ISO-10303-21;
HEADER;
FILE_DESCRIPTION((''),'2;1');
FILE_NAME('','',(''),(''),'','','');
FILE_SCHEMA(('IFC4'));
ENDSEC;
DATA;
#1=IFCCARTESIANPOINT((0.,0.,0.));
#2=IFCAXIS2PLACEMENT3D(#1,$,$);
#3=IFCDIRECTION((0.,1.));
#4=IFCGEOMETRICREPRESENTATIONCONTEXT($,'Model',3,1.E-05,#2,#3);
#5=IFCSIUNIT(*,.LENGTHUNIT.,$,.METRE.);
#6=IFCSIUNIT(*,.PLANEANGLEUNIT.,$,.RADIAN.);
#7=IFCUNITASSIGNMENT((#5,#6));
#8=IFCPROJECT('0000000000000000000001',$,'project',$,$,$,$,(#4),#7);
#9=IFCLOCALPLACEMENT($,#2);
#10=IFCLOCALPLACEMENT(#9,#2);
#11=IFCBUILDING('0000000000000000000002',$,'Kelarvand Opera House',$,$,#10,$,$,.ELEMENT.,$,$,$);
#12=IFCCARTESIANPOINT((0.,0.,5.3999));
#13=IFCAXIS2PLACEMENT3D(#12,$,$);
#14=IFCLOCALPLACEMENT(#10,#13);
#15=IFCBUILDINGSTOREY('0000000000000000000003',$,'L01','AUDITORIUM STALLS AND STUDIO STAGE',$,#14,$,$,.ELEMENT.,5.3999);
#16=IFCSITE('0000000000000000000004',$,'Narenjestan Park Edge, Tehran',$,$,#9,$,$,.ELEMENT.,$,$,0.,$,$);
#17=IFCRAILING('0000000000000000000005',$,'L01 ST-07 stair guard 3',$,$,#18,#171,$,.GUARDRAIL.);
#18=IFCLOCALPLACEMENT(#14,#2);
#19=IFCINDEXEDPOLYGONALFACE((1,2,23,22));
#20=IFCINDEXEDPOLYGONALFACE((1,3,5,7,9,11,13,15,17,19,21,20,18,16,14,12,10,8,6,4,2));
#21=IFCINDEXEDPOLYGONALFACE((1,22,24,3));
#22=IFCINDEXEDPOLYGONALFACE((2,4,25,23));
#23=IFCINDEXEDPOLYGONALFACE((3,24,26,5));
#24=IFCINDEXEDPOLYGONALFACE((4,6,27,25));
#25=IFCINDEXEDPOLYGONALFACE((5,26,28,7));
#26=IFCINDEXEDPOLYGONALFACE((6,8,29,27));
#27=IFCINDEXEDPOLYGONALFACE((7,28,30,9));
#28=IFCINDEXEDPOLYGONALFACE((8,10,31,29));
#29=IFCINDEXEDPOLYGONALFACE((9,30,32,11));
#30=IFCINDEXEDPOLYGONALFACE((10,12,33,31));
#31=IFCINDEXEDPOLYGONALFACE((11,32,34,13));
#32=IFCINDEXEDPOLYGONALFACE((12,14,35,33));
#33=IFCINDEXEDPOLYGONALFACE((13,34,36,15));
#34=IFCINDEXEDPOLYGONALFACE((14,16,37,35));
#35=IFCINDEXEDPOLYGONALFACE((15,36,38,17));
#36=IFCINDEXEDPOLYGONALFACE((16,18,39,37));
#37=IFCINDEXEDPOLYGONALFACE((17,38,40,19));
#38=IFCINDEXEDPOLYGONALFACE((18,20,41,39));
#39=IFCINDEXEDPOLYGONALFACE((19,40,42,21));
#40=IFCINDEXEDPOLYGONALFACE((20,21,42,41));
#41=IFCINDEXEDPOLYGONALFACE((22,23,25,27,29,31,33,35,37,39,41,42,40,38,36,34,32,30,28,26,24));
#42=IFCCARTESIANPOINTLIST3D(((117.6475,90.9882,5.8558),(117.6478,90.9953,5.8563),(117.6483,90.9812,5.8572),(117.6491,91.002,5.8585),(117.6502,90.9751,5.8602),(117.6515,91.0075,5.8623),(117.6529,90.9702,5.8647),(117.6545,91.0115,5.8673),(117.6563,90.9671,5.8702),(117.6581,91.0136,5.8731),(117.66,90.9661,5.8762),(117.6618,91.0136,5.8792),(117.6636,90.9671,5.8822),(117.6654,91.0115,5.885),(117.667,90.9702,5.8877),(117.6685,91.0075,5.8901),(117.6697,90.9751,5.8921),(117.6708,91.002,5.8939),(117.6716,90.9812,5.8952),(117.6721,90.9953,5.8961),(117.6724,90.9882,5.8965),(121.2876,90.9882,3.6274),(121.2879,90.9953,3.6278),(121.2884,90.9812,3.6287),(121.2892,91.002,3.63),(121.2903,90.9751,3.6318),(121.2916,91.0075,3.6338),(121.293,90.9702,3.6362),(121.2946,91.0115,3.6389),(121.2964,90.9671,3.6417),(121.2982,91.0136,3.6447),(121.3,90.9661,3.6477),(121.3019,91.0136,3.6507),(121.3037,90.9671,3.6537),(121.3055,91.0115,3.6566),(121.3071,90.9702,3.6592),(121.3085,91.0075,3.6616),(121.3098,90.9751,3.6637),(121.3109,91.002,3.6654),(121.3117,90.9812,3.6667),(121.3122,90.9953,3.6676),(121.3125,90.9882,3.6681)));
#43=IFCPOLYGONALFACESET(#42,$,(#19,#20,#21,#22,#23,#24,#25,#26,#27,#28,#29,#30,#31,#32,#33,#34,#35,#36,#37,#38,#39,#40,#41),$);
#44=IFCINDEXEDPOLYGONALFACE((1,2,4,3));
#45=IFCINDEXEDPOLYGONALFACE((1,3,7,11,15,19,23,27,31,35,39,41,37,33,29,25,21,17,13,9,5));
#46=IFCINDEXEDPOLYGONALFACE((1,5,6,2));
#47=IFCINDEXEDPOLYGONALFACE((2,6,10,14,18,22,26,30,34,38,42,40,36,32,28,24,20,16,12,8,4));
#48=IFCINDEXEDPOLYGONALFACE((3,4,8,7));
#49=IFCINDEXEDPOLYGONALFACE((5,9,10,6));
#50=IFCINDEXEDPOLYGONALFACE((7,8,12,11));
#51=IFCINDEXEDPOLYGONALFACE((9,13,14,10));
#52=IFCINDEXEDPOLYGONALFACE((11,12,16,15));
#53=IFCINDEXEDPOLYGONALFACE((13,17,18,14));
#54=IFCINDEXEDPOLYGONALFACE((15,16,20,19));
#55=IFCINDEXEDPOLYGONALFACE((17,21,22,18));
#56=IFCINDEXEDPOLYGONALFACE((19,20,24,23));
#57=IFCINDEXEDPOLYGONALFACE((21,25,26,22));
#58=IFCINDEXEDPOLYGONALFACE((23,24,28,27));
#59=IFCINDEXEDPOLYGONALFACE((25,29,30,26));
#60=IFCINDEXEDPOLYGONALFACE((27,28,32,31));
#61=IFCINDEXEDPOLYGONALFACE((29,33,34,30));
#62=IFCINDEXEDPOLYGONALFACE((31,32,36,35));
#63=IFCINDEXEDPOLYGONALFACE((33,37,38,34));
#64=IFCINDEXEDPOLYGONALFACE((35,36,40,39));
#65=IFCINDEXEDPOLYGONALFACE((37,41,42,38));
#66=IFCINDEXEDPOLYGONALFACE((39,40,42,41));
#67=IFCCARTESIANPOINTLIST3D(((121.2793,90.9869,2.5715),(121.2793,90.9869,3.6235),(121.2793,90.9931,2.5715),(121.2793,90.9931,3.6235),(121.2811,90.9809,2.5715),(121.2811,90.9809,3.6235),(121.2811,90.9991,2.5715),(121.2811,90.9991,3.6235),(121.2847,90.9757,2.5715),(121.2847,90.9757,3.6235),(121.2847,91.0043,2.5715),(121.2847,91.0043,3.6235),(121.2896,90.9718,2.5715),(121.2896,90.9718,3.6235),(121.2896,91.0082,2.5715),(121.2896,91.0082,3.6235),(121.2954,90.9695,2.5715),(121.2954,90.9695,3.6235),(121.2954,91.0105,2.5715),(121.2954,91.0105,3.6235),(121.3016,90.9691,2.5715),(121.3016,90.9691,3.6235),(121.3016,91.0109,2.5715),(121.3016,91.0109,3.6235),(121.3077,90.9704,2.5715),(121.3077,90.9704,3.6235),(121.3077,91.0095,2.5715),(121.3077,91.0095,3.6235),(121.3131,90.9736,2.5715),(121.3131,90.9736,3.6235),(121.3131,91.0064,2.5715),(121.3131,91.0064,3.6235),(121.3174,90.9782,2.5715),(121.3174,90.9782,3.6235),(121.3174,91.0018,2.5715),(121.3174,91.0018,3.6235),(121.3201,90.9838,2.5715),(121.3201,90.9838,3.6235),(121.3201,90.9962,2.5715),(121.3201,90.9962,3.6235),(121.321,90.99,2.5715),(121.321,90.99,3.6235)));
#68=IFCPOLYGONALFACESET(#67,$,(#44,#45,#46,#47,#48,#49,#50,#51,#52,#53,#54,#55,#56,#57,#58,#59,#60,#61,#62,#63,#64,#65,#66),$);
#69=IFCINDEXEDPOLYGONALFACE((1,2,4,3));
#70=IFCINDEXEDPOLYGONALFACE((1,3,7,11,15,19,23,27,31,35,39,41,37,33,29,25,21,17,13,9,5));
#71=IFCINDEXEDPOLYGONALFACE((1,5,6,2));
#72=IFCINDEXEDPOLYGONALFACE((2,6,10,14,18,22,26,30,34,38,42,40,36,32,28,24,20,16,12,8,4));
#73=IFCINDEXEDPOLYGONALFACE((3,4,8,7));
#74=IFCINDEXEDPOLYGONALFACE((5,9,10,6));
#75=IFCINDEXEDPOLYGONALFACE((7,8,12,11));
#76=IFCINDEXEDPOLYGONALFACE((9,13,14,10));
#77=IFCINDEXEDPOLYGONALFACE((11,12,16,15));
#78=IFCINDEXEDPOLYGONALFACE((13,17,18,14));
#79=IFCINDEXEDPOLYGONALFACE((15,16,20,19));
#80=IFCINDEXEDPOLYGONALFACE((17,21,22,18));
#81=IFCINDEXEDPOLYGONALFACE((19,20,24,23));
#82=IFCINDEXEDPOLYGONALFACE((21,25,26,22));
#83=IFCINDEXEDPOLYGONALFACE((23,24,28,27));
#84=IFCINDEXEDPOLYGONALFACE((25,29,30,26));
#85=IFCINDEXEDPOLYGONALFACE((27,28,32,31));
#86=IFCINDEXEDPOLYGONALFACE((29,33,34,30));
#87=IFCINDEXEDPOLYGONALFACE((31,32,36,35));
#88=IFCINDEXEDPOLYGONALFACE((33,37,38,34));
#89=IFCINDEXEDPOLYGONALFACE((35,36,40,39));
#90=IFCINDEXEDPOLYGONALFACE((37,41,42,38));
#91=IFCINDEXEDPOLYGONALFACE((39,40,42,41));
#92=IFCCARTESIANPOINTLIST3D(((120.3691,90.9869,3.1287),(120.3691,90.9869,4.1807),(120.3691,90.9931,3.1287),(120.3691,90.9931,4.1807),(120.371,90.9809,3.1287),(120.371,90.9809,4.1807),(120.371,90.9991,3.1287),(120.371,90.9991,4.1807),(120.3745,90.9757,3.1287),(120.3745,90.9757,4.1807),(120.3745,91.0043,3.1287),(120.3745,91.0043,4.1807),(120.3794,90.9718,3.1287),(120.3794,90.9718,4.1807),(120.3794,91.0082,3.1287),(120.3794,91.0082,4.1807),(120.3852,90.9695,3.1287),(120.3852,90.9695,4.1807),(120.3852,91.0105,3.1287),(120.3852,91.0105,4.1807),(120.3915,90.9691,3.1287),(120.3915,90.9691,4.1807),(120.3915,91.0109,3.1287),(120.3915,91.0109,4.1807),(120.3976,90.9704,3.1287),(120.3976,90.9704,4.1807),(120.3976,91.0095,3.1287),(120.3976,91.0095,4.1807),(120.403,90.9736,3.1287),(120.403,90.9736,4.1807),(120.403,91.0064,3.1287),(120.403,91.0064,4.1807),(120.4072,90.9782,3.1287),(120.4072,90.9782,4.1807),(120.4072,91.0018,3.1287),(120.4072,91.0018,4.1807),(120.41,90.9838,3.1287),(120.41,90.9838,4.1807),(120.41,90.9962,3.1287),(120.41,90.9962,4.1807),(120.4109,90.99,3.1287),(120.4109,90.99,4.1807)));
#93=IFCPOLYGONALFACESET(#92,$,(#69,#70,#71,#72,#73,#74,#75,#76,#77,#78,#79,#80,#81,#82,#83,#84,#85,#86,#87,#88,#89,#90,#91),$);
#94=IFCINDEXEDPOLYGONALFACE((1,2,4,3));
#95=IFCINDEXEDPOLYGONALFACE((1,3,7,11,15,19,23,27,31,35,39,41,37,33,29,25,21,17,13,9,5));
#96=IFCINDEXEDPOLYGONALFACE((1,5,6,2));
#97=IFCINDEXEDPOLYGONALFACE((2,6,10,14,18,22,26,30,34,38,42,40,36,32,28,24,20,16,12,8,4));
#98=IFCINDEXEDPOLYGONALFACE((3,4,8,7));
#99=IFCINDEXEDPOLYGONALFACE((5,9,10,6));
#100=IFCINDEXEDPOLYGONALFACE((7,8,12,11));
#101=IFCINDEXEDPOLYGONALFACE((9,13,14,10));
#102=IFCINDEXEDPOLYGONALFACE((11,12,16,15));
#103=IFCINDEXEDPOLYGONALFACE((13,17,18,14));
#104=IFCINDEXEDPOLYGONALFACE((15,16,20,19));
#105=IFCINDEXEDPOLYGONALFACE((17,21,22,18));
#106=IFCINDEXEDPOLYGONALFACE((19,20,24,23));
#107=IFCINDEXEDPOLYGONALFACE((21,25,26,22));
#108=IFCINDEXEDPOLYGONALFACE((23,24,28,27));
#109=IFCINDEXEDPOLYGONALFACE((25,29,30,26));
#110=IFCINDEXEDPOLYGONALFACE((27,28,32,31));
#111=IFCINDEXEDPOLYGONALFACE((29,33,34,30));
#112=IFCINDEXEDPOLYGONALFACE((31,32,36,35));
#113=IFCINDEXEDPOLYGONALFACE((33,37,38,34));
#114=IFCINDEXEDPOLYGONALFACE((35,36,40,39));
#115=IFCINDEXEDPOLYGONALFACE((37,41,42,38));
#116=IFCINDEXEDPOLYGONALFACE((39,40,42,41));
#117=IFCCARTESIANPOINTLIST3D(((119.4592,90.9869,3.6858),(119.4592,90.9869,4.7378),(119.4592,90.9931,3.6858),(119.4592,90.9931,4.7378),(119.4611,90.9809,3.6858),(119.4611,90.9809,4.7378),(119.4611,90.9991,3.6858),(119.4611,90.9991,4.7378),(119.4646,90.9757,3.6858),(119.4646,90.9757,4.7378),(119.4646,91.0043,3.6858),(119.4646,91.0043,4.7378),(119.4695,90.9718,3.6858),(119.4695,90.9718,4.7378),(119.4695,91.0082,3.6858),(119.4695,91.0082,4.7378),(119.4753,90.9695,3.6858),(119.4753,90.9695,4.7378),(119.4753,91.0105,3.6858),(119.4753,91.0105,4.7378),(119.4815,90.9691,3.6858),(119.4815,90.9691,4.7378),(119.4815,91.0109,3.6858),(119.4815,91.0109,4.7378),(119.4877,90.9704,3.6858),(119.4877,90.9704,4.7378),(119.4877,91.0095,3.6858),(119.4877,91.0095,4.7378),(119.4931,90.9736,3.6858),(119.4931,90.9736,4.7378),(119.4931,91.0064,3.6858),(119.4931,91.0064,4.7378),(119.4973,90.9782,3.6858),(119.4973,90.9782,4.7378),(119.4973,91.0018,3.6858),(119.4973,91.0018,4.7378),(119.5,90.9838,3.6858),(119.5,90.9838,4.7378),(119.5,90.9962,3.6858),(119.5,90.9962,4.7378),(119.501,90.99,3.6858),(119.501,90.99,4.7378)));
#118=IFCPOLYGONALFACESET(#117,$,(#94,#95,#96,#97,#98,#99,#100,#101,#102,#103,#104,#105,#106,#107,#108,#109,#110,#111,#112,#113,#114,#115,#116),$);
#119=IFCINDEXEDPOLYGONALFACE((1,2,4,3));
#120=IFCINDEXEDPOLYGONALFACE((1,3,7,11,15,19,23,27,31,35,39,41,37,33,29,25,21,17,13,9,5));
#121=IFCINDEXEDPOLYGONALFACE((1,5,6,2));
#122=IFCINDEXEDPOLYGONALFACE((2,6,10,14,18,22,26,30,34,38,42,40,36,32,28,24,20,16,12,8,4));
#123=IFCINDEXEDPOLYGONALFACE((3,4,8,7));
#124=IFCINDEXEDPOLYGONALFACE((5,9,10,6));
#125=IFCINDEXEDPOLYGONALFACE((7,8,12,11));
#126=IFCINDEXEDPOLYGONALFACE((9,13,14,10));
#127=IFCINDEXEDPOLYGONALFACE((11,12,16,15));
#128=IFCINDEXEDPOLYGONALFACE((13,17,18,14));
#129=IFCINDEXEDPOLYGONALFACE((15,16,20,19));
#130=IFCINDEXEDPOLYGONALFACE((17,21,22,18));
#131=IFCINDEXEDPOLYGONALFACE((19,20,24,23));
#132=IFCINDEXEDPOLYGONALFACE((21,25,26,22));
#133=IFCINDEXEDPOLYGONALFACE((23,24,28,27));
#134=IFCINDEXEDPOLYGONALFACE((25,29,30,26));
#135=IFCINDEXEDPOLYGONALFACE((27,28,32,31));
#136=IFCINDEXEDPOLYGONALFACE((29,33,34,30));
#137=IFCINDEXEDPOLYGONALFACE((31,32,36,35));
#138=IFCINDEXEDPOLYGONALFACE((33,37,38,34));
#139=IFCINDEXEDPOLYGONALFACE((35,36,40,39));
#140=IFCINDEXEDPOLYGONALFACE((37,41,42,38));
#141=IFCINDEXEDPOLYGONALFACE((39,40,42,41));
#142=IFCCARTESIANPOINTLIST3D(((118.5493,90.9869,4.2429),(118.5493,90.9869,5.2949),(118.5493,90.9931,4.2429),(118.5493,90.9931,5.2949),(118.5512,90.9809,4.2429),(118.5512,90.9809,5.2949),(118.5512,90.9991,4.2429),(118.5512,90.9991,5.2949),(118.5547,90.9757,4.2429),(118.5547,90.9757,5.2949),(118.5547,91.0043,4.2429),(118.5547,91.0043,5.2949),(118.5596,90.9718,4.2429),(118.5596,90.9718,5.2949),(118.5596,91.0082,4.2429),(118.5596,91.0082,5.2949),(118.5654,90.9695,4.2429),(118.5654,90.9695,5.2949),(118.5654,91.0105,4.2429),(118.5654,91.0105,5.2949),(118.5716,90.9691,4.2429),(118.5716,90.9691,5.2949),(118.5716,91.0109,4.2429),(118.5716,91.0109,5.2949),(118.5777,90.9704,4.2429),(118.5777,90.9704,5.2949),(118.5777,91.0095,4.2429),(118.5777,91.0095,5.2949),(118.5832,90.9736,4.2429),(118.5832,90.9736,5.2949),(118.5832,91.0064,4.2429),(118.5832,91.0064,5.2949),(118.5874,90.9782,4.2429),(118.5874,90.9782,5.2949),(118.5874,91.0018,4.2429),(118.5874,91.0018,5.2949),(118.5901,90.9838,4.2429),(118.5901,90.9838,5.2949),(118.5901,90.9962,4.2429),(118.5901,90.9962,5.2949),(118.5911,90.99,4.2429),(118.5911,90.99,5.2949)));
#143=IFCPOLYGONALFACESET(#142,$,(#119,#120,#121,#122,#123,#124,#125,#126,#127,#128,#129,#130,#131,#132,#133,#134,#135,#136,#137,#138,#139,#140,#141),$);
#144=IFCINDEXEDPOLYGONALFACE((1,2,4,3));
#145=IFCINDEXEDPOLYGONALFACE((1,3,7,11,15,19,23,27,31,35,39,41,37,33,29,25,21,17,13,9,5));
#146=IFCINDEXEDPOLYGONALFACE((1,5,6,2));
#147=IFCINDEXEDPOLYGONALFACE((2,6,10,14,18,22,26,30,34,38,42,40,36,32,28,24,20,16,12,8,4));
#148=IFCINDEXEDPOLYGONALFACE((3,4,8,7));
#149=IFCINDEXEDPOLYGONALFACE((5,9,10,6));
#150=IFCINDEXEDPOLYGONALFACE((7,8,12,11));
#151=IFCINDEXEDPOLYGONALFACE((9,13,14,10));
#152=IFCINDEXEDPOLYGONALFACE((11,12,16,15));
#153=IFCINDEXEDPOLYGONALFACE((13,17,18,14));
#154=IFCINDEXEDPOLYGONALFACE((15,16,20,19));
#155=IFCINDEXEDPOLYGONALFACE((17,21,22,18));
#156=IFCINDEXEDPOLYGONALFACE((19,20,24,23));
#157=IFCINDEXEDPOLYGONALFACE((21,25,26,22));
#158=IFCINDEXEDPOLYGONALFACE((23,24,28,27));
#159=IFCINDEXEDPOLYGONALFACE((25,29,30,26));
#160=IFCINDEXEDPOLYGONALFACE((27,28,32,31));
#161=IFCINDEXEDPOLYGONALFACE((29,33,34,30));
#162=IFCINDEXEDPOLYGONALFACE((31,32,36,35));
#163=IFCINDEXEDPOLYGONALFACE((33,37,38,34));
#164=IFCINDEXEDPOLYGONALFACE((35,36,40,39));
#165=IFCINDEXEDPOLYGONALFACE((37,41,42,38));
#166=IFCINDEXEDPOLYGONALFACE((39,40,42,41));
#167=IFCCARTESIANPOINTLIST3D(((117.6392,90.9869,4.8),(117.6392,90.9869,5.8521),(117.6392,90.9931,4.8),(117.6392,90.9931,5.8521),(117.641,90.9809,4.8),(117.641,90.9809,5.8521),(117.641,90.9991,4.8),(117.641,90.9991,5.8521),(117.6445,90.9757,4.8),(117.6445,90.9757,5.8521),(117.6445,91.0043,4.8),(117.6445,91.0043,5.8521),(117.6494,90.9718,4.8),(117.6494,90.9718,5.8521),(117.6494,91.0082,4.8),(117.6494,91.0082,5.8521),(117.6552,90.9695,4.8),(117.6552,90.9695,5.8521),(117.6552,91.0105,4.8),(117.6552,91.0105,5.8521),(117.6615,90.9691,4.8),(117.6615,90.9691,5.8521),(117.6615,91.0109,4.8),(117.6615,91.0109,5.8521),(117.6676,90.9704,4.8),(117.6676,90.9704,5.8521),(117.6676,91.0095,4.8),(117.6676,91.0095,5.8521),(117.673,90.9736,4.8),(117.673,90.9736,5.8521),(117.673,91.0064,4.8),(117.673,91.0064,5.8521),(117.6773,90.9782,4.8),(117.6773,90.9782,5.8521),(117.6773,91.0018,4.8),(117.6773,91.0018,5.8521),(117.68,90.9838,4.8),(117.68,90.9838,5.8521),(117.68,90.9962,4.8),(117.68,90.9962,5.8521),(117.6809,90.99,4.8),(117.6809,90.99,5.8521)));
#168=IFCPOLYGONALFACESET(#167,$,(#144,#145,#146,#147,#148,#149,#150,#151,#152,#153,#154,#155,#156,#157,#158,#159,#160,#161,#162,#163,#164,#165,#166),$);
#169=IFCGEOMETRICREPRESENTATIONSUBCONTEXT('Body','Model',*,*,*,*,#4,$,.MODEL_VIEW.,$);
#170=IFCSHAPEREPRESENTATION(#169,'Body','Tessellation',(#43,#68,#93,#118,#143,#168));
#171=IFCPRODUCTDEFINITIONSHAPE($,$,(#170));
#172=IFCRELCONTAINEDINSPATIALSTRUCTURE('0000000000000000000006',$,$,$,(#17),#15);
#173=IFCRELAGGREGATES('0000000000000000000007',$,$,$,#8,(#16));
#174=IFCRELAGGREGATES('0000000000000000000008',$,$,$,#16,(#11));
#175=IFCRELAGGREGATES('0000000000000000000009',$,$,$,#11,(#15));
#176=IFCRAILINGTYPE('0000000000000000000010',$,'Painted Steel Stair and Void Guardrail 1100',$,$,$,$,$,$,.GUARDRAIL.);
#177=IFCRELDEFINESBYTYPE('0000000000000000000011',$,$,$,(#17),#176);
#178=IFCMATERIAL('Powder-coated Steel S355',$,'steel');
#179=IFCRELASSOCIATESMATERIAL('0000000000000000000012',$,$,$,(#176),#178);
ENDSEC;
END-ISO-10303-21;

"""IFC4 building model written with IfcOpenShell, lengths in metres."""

from ifc_helpers import new_model, si_unit, direction, frame, origin, origin_2d, place, context, subcontext, project, spatial, circle, extrude, material, type_object, element, save


model = new_model("IFC4")

# Units and contexts
model_context = context("Model", 3, precision=1e-05, world=origin(), true_north=direction((0.0, 1.0)))
body_context = subcontext(model_context, "Body", "Model", "MODEL_VIEW")
ifc_project = project(units=[si_unit("LENGTHUNIT", "METRE"), si_unit("PLANEANGLEUNIT", "RADIAN")], contexts=[model_context])

# Site, building, storey
site_placement = place(None, origin())
site = spatial("IfcSite", under=ifc_project, at=site_placement, Name="Narenjestan Park Edge, Tehran", CompositionType="ELEMENT", RefElevation=0.0)
building_placement = place(site_placement, origin())
building = spatial("IfcBuilding", under=site, at=building_placement, Name="Kelarvand Opera House", CompositionType="ELEMENT")
storey_placement = place(building_placement, frame((0.0, 0.0, 5.3999)))
storey = spatial("IfcBuildingStorey", under=building, at=storey_placement, Name="L01", Description="AUDITORIUM STALLS AND STUDIO STAGE", CompositionType="ELEMENT", Elevation=5.3999)

# Railing
ifc_material_1 = material(Name="Powder-coated Steel S355", Category="steel")
railing_type_1 = type_object("IfcRailingType", Name="Painted Steel Stair and Void Guardrail 1100", PredefinedType="GUARDRAIL", material=ifc_material_1)
railing_1_placement = place(storey_placement, frame((121.3, 90.99, 2.5715)))
element("IfcRailing", 1, at=railing_1_placement, inside=storey, type_object=railing_type_1, Name="L01 ST-07 stair guard 3", PredefinedType="GUARDRAIL", context=body_context, shape_type="SweptSolid", body=[
    extrude(circle(Radius=0.0239, at=origin_2d()), frame((0.0, 0.0, 1.0762), z_axis=(-0.852866, 0.0, 0.52213), x_axis=(0.0, -1.0, 0.0)), (0.0, 0.0, 1.0), 4.2681),
    extrude(circle(Radius=0.021, at=origin_2d()), origin(), (0.0, 0.0, 1.0), 1.052),
    extrude(circle(Radius=0.021, at=origin_2d()), frame((-0.9102, 0.0, 0.5571)), (0.0, 0.0, 1.0), 1.052),
    extrude(circle(Radius=0.021, at=origin_2d()), frame((-1.8201, 0.0, 1.1143)), (0.0, 0.0, 1.0), 1.052),
    extrude(circle(Radius=0.021, at=origin_2d()), frame((-2.73, 0.0, 1.6714)), (0.0, 0.0, 1.0), 1.052),
    extrude(circle(Radius=0.021, at=origin_2d()), frame((-3.6401, 0.0, 2.2285)), (0.0, 0.0, 1.0), 1.052),
])

save(model, "model.ifc")
